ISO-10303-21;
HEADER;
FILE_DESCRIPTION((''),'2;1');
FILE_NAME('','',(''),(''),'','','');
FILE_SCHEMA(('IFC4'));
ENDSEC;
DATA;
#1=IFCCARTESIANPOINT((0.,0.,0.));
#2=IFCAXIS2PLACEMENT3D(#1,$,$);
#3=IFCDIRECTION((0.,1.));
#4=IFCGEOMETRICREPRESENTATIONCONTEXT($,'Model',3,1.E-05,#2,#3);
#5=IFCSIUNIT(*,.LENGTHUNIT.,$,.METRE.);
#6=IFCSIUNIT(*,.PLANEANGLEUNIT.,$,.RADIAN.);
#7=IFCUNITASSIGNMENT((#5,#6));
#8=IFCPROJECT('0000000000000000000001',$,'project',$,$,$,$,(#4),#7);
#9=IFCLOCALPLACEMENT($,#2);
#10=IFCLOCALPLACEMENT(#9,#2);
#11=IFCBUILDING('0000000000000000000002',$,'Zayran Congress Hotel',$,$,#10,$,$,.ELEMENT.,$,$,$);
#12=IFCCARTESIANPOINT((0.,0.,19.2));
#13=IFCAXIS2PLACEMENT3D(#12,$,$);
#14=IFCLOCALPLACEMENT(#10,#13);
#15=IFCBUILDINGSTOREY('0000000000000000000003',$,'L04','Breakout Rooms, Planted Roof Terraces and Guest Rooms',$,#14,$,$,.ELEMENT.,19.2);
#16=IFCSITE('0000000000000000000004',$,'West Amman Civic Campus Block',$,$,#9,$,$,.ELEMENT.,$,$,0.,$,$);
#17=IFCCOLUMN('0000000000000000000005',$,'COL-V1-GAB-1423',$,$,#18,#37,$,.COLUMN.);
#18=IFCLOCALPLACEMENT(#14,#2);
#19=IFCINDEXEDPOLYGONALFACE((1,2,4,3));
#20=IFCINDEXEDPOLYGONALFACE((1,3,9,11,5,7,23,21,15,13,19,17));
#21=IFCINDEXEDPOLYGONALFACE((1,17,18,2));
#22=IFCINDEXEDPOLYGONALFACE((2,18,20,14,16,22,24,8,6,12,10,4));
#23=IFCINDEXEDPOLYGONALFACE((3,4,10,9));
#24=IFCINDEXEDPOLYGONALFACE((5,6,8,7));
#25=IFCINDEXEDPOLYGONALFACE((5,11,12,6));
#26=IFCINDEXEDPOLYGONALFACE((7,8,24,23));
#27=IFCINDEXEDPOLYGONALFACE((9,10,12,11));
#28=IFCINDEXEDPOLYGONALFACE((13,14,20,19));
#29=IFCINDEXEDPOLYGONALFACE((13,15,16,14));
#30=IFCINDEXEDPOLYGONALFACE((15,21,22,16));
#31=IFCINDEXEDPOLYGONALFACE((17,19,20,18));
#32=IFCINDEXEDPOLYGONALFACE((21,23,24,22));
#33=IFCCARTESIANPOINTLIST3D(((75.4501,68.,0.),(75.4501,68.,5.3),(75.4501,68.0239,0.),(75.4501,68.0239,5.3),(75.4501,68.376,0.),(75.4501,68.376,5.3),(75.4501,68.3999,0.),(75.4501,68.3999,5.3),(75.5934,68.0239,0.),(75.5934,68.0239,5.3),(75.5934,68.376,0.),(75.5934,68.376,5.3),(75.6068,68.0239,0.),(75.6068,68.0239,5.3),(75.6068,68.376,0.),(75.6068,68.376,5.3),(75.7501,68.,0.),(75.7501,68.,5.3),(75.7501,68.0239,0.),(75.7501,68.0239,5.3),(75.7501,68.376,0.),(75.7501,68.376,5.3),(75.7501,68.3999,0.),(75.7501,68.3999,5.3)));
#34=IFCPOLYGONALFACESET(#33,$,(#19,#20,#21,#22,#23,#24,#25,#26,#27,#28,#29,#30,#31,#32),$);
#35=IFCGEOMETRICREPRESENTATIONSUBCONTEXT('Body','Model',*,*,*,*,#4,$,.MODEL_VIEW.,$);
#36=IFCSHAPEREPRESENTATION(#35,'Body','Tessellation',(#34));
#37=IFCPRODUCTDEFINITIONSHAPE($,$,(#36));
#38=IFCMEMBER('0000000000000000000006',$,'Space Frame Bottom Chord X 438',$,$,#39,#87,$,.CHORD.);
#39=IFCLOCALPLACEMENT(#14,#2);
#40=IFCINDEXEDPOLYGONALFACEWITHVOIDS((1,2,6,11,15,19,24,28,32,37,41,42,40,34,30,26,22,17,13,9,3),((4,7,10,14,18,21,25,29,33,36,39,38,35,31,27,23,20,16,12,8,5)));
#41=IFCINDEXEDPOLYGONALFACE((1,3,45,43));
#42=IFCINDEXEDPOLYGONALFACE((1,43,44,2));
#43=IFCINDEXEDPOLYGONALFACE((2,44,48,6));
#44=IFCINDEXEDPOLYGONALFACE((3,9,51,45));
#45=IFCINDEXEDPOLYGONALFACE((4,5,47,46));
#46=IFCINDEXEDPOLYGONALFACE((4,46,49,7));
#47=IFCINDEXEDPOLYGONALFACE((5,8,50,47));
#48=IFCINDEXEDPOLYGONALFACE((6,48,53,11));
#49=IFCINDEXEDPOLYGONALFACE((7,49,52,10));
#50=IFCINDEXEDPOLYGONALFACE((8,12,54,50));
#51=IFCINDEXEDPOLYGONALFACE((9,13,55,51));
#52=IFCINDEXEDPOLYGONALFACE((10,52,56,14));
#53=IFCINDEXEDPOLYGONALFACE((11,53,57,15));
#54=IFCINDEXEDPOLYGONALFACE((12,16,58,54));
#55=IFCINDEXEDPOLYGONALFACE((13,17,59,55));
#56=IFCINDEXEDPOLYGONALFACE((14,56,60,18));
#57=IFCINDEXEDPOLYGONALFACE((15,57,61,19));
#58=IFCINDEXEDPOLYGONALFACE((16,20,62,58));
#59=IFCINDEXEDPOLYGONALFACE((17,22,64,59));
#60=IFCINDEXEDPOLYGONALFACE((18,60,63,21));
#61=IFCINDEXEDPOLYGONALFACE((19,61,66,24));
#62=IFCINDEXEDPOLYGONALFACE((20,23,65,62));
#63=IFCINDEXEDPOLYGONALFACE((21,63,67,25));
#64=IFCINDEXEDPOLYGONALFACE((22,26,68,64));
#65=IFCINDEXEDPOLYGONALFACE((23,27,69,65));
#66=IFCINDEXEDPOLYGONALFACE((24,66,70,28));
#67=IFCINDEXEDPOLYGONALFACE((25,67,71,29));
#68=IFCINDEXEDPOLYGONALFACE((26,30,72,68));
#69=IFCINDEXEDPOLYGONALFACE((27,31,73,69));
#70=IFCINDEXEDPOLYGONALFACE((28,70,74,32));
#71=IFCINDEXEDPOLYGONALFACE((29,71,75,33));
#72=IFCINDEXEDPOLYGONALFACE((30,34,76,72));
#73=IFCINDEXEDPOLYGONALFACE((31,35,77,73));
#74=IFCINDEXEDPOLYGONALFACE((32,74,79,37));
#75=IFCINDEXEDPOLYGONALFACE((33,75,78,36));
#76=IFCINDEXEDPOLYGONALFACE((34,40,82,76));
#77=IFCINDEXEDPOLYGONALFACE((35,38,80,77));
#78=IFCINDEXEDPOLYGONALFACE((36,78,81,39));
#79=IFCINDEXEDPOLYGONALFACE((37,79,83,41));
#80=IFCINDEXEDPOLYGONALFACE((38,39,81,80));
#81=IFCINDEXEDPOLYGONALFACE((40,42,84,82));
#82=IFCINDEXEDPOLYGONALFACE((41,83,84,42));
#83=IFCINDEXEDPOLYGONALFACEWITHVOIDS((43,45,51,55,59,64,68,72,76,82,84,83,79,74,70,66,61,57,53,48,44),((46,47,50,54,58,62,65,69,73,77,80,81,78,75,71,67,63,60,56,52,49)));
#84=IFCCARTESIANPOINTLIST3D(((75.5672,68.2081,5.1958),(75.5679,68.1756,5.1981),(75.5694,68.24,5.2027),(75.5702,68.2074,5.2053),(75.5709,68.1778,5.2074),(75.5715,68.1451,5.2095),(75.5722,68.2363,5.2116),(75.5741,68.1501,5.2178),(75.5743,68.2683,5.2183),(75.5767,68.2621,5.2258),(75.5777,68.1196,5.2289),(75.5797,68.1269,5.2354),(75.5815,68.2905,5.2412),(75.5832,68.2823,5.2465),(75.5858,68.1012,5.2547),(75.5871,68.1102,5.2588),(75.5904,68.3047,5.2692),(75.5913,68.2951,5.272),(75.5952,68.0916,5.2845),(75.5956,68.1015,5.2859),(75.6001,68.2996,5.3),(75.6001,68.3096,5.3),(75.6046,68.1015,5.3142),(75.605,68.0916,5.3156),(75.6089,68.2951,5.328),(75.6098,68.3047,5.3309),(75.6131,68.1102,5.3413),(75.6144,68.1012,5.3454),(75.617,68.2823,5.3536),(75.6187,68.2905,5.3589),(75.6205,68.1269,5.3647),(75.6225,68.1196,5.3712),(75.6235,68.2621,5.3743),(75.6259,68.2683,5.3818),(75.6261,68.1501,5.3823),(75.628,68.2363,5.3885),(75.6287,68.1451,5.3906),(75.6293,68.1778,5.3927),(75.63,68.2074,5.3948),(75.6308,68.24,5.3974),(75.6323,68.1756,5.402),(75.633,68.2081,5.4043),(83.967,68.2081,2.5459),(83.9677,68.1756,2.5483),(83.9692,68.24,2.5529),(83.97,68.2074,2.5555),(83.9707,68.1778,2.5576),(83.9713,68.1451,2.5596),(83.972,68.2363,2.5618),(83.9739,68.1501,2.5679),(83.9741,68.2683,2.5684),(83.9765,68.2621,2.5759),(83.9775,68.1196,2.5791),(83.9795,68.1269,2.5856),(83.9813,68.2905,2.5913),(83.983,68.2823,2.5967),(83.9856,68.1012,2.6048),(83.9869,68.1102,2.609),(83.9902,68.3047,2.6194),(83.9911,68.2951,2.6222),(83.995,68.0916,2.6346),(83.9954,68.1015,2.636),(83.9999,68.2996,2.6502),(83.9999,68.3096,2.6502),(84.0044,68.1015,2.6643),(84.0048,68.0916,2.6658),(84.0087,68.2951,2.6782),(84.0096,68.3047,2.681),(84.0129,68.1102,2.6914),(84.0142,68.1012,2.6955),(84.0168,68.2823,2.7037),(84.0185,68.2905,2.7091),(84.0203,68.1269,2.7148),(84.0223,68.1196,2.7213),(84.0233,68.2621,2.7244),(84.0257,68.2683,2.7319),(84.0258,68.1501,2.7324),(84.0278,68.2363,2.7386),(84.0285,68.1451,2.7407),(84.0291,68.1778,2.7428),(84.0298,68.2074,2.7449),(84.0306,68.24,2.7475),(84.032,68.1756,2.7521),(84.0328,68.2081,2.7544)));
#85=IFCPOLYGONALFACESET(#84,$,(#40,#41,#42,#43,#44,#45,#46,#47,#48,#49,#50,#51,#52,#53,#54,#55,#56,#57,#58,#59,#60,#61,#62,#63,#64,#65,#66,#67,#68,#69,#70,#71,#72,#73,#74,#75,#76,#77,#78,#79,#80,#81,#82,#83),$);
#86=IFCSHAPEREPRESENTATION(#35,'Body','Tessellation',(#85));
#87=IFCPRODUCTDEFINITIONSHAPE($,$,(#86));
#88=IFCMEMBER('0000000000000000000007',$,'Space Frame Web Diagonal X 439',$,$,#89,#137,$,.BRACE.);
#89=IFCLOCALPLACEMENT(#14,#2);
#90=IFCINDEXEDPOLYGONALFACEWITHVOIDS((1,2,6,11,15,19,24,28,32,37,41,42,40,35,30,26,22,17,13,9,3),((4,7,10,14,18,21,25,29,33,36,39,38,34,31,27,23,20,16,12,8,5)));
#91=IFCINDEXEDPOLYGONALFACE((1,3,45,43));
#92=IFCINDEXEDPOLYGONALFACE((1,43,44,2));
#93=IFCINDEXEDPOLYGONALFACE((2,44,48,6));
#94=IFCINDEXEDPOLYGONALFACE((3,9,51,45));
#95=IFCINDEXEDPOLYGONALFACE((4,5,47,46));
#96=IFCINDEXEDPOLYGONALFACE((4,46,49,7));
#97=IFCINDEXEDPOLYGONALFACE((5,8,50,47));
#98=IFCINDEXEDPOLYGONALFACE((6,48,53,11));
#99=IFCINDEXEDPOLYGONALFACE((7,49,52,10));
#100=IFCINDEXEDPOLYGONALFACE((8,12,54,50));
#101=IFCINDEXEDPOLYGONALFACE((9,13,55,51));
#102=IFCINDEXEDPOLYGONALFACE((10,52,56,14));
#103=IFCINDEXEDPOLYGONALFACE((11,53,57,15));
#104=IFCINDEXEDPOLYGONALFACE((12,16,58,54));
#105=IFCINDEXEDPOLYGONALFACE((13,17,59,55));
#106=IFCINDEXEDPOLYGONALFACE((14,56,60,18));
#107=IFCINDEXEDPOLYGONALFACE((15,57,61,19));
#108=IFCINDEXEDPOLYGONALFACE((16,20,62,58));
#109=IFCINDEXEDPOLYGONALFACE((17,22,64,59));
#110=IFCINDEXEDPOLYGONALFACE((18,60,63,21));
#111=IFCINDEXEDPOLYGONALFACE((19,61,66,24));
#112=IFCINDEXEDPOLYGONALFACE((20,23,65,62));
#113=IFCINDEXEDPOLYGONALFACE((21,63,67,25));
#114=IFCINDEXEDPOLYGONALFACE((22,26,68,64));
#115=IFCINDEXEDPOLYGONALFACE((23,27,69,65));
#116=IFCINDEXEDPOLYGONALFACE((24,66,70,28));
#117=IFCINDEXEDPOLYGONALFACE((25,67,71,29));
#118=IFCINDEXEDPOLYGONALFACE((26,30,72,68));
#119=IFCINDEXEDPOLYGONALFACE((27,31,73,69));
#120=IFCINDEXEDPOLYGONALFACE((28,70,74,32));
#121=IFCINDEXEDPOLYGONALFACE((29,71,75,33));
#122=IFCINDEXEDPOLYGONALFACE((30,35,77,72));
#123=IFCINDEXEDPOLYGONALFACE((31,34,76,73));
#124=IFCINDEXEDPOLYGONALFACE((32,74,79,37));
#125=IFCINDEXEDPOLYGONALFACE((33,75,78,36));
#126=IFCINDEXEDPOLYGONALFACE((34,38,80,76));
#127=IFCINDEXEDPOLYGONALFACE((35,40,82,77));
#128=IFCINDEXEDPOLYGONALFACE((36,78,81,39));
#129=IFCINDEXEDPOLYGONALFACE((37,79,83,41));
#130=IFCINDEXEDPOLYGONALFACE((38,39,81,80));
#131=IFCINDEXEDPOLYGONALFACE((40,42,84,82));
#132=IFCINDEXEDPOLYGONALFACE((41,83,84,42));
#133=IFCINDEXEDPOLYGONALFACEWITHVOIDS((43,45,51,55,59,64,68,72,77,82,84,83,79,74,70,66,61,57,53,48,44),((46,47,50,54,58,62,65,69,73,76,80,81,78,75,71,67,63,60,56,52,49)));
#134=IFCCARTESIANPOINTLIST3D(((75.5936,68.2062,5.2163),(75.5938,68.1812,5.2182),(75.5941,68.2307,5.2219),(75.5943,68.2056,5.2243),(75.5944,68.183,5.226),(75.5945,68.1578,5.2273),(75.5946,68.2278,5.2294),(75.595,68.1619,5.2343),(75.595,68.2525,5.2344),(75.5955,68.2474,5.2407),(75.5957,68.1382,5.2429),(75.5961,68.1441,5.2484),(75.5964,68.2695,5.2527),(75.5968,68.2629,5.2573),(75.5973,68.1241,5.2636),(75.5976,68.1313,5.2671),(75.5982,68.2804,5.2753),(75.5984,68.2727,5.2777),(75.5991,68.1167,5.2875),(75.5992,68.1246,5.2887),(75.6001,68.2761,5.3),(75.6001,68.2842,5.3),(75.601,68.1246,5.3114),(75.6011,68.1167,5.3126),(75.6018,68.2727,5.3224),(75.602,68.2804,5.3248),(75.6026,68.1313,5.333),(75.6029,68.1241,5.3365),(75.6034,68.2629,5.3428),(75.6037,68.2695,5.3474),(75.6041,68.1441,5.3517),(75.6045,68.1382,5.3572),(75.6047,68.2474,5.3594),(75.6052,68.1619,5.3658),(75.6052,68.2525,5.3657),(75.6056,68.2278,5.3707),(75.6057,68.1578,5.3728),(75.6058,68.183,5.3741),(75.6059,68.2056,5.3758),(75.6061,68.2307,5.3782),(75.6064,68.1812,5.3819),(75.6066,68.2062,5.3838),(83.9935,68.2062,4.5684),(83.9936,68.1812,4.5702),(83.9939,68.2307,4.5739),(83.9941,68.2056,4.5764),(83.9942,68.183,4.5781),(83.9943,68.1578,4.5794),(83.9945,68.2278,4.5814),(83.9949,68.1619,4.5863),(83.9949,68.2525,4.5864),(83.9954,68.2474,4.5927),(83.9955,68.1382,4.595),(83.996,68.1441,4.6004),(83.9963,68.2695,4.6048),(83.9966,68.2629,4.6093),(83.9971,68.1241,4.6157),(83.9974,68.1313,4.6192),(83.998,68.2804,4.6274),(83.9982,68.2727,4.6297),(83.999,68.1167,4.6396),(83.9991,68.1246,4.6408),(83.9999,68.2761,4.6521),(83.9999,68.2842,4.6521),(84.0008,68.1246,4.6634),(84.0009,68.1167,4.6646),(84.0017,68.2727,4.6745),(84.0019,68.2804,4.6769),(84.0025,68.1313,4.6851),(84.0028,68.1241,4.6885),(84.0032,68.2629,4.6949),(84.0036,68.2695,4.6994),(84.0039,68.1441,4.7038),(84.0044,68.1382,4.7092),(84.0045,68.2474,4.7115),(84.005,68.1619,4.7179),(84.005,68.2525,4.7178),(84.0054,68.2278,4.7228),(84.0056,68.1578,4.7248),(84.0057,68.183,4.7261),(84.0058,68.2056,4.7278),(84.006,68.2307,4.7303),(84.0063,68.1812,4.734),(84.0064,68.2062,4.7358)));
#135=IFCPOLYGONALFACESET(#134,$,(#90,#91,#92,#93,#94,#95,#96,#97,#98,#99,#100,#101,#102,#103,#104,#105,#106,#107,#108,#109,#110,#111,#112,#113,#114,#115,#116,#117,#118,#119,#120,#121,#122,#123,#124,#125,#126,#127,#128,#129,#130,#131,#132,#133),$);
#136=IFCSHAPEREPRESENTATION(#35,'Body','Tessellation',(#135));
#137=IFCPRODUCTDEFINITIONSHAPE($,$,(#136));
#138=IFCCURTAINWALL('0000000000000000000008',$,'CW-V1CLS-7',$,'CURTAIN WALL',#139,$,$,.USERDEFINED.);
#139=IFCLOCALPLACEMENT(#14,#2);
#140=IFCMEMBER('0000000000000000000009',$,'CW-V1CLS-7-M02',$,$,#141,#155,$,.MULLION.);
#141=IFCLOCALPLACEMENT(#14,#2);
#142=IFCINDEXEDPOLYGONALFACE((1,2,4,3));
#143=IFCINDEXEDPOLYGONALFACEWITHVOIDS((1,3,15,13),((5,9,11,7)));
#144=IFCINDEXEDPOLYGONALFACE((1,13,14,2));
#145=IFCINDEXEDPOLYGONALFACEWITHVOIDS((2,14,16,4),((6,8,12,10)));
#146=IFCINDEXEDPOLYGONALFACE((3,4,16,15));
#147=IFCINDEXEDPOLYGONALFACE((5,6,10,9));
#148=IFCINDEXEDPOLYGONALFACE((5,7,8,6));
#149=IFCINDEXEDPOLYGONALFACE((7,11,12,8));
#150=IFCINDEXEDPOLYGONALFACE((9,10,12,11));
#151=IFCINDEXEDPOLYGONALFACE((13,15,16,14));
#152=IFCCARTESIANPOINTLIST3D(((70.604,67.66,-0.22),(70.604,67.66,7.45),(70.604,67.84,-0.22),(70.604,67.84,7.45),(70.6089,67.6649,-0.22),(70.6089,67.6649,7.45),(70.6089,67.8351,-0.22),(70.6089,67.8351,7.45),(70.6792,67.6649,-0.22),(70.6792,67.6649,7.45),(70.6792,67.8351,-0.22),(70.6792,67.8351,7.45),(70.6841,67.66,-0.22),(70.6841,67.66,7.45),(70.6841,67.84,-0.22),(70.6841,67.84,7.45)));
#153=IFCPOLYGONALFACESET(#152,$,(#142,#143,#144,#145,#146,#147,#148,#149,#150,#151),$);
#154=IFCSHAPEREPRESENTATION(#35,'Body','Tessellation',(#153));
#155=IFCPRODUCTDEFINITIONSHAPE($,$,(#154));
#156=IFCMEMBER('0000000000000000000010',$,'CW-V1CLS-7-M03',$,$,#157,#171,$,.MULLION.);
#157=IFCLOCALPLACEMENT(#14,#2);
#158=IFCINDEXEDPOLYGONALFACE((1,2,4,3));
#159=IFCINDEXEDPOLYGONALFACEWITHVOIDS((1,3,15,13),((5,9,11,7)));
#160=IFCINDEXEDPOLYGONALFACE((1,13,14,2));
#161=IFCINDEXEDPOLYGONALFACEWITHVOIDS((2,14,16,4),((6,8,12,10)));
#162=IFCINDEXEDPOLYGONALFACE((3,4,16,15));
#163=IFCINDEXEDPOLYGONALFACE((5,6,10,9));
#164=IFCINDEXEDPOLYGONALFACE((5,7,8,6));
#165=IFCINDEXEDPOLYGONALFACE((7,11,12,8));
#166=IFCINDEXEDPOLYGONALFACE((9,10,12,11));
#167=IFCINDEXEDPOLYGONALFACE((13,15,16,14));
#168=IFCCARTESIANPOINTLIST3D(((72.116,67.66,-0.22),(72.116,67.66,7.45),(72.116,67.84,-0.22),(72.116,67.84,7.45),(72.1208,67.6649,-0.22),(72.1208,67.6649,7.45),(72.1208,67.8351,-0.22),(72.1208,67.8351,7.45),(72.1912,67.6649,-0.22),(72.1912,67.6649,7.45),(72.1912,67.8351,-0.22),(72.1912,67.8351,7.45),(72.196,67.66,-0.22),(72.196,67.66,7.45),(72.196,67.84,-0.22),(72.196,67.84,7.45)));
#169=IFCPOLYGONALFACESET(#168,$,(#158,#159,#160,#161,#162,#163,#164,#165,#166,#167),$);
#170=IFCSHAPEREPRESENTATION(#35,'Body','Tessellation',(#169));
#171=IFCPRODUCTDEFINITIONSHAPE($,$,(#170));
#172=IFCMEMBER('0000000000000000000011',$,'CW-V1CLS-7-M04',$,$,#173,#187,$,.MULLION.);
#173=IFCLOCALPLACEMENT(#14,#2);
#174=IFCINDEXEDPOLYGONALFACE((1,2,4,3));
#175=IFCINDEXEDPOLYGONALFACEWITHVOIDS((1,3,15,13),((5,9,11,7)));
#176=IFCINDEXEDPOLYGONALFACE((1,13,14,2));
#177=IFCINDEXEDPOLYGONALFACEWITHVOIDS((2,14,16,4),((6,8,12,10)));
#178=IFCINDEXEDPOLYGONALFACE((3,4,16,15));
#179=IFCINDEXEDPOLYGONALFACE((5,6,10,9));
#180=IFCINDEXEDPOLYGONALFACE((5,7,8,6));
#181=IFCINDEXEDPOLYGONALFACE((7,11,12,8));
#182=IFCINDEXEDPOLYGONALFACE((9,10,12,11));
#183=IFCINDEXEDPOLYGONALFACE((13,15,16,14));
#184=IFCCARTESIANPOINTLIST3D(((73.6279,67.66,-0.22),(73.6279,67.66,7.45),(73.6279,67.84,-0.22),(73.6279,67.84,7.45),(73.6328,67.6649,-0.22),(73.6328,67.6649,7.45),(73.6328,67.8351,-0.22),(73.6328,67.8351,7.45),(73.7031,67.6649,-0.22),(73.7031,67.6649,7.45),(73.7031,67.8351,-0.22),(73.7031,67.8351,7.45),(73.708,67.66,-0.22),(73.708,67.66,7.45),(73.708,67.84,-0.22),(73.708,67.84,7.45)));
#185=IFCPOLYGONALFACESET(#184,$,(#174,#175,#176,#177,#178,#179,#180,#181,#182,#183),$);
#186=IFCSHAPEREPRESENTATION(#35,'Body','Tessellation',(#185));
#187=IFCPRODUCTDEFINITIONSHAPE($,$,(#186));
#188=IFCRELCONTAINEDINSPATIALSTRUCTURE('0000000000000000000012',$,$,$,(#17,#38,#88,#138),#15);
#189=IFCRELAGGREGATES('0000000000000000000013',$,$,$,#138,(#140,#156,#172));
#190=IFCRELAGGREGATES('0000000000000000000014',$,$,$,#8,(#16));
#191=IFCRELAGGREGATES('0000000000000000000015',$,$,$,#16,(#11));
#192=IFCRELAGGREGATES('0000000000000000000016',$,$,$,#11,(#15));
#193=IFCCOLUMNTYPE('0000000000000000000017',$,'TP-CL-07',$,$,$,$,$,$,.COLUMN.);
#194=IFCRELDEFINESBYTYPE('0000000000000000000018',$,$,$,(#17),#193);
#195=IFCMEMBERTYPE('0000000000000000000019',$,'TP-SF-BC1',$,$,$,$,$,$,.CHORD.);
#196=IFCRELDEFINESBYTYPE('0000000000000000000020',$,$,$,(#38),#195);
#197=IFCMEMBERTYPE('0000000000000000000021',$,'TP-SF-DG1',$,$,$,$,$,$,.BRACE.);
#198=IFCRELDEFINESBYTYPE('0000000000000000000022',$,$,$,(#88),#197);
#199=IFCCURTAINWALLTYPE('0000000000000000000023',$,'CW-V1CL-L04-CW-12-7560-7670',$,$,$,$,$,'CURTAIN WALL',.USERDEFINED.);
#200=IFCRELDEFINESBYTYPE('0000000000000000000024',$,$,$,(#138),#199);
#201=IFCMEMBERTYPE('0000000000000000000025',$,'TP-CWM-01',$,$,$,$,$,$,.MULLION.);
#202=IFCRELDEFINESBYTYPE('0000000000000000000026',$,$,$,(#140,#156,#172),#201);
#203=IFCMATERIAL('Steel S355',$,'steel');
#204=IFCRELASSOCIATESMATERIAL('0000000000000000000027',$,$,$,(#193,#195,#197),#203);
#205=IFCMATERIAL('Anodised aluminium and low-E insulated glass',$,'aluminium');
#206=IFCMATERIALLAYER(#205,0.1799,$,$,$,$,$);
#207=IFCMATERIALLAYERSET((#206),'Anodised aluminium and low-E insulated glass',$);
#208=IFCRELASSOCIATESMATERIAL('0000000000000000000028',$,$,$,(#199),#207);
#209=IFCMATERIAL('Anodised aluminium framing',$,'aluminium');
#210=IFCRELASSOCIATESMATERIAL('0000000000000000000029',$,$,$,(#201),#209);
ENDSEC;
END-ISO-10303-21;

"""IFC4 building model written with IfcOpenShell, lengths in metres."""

from ifc_helpers import new_model, si_unit, direction, frame, origin, origin_2d, place, context, subcontext, project, spatial, hollow_rectangle, hollow_circle, i_section, extrude, material, layer, layer_set, material_profile, profile_set, type_object, element, aggregate, save


model = new_model("IFC4")

# Units and contexts
model_context = context("Model", 3, precision=1e-05, world=origin(), true_north=direction((0.0, 1.0)))
body_context = subcontext(model_context, "Body", "Model", "MODEL_VIEW")
ifc_project = project(units=[si_unit("LENGTHUNIT", "METRE"), si_unit("PLANEANGLEUNIT", "RADIAN")], contexts=[model_context])

# Site, building, storey
site_placement = place(None, origin())
site = spatial("IfcSite", under=ifc_project, at=site_placement, Name="West Amman Civic Campus Block", CompositionType="ELEMENT", RefElevation=0.0)
building_placement = place(site_placement, origin())
building = spatial("IfcBuilding", under=site, at=building_placement, Name="Zayran Congress Hotel", CompositionType="ELEMENT")
storey_placement = place(building_placement, frame((0.0, 0.0, 19.2)))
storey = spatial("IfcBuildingStorey", under=building, at=storey_placement, Name="L04", Description="Breakout Rooms, Planted Roof Terraces and Guest Rooms", CompositionType="ELEMENT", Elevation=19.2)

# Column
ifc_material_1 = material(Name="Steel S355", Category="steel")
ifc_material_profile_1 = material_profile(ifc_material_1, i_section(OverallWidth=0.3, OverallDepth=0.3999, WebThickness=0.0134, FlangeThickness=0.0239, at=origin_2d()), Name="HEB 400")
ifc_profile_set_1 = profile_set([ifc_material_profile_1], Name="Steel S355")
column_type = type_object("IfcColumnType", Name="TP-CL-07", PredefinedType="COLUMN", material=ifc_profile_set_1)
column_placement = place(storey_placement, frame((75.6001, 68.2, 0.0), z_axis=(0.0, 0.0, 1.0), x_axis=(1.0, 0.0, 0.0)))
element("IfcColumn", 1, at=column_placement, inside=storey, type_object=column_type, Name="COL-V1-GAB-1423", PredefinedType="COLUMN", context=body_context, shape_type="SweptSolid", body=[
    extrude(i_section(OverallWidth=0.3, OverallDepth=0.3999, WebThickness=0.0134, FlangeThickness=0.0239, at=origin_2d()), origin(), (0.0, 0.0, 1.0), 5.3),
])

# Members
ifc_material_profile_2 = material_profile(ifc_material_1, hollow_circle(Radius=0.1096, WallThickness=0.01, at=origin_2d()), Name="CHS 219.1x10")
ifc_profile_set_2 = profile_set([ifc_material_profile_2], Name="Steel S355")
member_type_1 = type_object("IfcMemberType", Name="TP-SF-BC1", PredefinedType="CHORD", material=ifc_profile_set_2)
member_1_placement = place(storey_placement, frame((75.6001, 68.2, 5.3), z_axis=(0.953671, 0.0, -0.300853), x_axis=(0.0, 1.0, 0.0)))
element("IfcMember", 2, at=member_1_placement, inside=storey, type_object=member_type_1, Name="Space Frame Bottom Chord X 438", PredefinedType="CHORD", context=body_context, shape_type="SweptSolid", body=[
    extrude(hollow_circle(Radius=0.1096, WallThickness=0.01, at=origin_2d()), origin(), (0.0, 0.0, 1.0), 8.8079),
])
ifc_material_profile_3 = material_profile(ifc_material_1, hollow_circle(Radius=0.0842, WallThickness=0.0081, at=origin_2d()), Name="CHS 168.3x8")
ifc_profile_set_3 = profile_set([ifc_material_profile_3], Name="Steel S355")
member_type_2 = type_object("IfcMemberType", Name="TP-SF-DG1", PredefinedType="BRACE", material=ifc_profile_set_3)
member_2_placement = place(storey_placement, frame((75.6001, 68.2, 5.3), z_axis=(0.997038, 0.0, -0.076909), x_axis=(0.0, 1.0, 0.0)))
element("IfcMember", 3, at=member_2_placement, inside=storey, type_object=member_type_2, Name="Space Frame Web Diagonal X 439", PredefinedType="BRACE", context=body_context, shape_type="SweptSolid", body=[
    extrude(hollow_circle(Radius=0.0842, WallThickness=0.0081, at=origin_2d()), origin(), (0.0, 0.0, 1.0), 8.4248),
])

# Curtain wall, members
ifc_material_2 = material(Name="Anodised aluminium and low-E insulated glass", Category="aluminium")
ifc_layer_1 = layer(ifc_material_2, 0.1799)
ifc_layer_set_1 = layer_set([ifc_layer_1], Name="Anodised aluminium and low-E insulated glass")
curtain_wall_type = type_object("IfcCurtainWallType", Name="CW-V1CL-L04-CW-12-7560-7670", ElementType="CURTAIN WALL", PredefinedType="USERDEFINED", material=ifc_layer_set_1)
curtain_wall_placement = place(storey_placement, origin())
curtain_wall = element("IfcCurtainWall", 4, at=curtain_wall_placement, inside=storey, type_object=curtain_wall_type, Name="CW-V1CLS-7", ObjectType="CURTAIN WALL", PredefinedType="USERDEFINED")
ifc_material_3 = material(Name="Anodised aluminium framing", Category="aluminium")
ifc_material_profile_4 = material_profile(ifc_material_3, hollow_rectangle(XDim=0.0801, YDim=0.1799, WallThickness=0.0049, at=origin_2d()), Name="RHS 180x80x5")
ifc_profile_set_4 = profile_set([ifc_material_profile_4], Name="Anodised aluminium framing")
member_type_3 = type_object("IfcMemberType", Name="TP-CWM-01", PredefinedType="MULLION", material=ifc_profile_set_4)
member_3_placement = place(storey_placement, frame((70.644, 67.75, -0.22), z_axis=(0.0, 0.0, 1.0), x_axis=(1.0, 0.0, 0.0)))
member_3 = element("IfcMember", 5, at=member_3_placement, type_object=member_type_3, Name="CW-V1CLS-7-M02", PredefinedType="MULLION", context=body_context, shape_type="SweptSolid", body=[
    extrude(hollow_rectangle(XDim=0.0801, YDim=0.1799, WallThickness=0.0049, at=origin_2d()), origin(), (0.0, 0.0, 1.0), 7.6699),
])
member_4_placement = place(storey_placement, frame((72.156, 67.75, -0.22), z_axis=(0.0, 0.0, 1.0), x_axis=(1.0, 0.0, 0.0)))
member_4 = element("IfcMember", 6, at=member_4_placement, type_object=member_type_3, Name="CW-V1CLS-7-M03", PredefinedType="MULLION", context=body_context, shape_type="SweptSolid", body=[
    extrude(hollow_rectangle(XDim=0.0801, YDim=0.1799, WallThickness=0.0049, at=origin_2d()), origin(), (0.0, 0.0, 1.0), 7.6699),
])
member_5_placement = place(storey_placement, frame((73.668, 67.75, -0.22), z_axis=(0.0, 0.0, 1.0), x_axis=(1.0, 0.0, 0.0)))
member_5 = element("IfcMember", 7, at=member_5_placement, type_object=member_type_3, Name="CW-V1CLS-7-M04", PredefinedType="MULLION", context=body_context, shape_type="SweptSolid", body=[
    extrude(hollow_rectangle(XDim=0.0801, YDim=0.1799, WallThickness=0.0049, at=origin_2d()), origin(), (0.0, 0.0, 1.0), 7.6699),
])

aggregate(curtain_wall, [member_3, member_4, member_5])

save(model, "model.ifc")
